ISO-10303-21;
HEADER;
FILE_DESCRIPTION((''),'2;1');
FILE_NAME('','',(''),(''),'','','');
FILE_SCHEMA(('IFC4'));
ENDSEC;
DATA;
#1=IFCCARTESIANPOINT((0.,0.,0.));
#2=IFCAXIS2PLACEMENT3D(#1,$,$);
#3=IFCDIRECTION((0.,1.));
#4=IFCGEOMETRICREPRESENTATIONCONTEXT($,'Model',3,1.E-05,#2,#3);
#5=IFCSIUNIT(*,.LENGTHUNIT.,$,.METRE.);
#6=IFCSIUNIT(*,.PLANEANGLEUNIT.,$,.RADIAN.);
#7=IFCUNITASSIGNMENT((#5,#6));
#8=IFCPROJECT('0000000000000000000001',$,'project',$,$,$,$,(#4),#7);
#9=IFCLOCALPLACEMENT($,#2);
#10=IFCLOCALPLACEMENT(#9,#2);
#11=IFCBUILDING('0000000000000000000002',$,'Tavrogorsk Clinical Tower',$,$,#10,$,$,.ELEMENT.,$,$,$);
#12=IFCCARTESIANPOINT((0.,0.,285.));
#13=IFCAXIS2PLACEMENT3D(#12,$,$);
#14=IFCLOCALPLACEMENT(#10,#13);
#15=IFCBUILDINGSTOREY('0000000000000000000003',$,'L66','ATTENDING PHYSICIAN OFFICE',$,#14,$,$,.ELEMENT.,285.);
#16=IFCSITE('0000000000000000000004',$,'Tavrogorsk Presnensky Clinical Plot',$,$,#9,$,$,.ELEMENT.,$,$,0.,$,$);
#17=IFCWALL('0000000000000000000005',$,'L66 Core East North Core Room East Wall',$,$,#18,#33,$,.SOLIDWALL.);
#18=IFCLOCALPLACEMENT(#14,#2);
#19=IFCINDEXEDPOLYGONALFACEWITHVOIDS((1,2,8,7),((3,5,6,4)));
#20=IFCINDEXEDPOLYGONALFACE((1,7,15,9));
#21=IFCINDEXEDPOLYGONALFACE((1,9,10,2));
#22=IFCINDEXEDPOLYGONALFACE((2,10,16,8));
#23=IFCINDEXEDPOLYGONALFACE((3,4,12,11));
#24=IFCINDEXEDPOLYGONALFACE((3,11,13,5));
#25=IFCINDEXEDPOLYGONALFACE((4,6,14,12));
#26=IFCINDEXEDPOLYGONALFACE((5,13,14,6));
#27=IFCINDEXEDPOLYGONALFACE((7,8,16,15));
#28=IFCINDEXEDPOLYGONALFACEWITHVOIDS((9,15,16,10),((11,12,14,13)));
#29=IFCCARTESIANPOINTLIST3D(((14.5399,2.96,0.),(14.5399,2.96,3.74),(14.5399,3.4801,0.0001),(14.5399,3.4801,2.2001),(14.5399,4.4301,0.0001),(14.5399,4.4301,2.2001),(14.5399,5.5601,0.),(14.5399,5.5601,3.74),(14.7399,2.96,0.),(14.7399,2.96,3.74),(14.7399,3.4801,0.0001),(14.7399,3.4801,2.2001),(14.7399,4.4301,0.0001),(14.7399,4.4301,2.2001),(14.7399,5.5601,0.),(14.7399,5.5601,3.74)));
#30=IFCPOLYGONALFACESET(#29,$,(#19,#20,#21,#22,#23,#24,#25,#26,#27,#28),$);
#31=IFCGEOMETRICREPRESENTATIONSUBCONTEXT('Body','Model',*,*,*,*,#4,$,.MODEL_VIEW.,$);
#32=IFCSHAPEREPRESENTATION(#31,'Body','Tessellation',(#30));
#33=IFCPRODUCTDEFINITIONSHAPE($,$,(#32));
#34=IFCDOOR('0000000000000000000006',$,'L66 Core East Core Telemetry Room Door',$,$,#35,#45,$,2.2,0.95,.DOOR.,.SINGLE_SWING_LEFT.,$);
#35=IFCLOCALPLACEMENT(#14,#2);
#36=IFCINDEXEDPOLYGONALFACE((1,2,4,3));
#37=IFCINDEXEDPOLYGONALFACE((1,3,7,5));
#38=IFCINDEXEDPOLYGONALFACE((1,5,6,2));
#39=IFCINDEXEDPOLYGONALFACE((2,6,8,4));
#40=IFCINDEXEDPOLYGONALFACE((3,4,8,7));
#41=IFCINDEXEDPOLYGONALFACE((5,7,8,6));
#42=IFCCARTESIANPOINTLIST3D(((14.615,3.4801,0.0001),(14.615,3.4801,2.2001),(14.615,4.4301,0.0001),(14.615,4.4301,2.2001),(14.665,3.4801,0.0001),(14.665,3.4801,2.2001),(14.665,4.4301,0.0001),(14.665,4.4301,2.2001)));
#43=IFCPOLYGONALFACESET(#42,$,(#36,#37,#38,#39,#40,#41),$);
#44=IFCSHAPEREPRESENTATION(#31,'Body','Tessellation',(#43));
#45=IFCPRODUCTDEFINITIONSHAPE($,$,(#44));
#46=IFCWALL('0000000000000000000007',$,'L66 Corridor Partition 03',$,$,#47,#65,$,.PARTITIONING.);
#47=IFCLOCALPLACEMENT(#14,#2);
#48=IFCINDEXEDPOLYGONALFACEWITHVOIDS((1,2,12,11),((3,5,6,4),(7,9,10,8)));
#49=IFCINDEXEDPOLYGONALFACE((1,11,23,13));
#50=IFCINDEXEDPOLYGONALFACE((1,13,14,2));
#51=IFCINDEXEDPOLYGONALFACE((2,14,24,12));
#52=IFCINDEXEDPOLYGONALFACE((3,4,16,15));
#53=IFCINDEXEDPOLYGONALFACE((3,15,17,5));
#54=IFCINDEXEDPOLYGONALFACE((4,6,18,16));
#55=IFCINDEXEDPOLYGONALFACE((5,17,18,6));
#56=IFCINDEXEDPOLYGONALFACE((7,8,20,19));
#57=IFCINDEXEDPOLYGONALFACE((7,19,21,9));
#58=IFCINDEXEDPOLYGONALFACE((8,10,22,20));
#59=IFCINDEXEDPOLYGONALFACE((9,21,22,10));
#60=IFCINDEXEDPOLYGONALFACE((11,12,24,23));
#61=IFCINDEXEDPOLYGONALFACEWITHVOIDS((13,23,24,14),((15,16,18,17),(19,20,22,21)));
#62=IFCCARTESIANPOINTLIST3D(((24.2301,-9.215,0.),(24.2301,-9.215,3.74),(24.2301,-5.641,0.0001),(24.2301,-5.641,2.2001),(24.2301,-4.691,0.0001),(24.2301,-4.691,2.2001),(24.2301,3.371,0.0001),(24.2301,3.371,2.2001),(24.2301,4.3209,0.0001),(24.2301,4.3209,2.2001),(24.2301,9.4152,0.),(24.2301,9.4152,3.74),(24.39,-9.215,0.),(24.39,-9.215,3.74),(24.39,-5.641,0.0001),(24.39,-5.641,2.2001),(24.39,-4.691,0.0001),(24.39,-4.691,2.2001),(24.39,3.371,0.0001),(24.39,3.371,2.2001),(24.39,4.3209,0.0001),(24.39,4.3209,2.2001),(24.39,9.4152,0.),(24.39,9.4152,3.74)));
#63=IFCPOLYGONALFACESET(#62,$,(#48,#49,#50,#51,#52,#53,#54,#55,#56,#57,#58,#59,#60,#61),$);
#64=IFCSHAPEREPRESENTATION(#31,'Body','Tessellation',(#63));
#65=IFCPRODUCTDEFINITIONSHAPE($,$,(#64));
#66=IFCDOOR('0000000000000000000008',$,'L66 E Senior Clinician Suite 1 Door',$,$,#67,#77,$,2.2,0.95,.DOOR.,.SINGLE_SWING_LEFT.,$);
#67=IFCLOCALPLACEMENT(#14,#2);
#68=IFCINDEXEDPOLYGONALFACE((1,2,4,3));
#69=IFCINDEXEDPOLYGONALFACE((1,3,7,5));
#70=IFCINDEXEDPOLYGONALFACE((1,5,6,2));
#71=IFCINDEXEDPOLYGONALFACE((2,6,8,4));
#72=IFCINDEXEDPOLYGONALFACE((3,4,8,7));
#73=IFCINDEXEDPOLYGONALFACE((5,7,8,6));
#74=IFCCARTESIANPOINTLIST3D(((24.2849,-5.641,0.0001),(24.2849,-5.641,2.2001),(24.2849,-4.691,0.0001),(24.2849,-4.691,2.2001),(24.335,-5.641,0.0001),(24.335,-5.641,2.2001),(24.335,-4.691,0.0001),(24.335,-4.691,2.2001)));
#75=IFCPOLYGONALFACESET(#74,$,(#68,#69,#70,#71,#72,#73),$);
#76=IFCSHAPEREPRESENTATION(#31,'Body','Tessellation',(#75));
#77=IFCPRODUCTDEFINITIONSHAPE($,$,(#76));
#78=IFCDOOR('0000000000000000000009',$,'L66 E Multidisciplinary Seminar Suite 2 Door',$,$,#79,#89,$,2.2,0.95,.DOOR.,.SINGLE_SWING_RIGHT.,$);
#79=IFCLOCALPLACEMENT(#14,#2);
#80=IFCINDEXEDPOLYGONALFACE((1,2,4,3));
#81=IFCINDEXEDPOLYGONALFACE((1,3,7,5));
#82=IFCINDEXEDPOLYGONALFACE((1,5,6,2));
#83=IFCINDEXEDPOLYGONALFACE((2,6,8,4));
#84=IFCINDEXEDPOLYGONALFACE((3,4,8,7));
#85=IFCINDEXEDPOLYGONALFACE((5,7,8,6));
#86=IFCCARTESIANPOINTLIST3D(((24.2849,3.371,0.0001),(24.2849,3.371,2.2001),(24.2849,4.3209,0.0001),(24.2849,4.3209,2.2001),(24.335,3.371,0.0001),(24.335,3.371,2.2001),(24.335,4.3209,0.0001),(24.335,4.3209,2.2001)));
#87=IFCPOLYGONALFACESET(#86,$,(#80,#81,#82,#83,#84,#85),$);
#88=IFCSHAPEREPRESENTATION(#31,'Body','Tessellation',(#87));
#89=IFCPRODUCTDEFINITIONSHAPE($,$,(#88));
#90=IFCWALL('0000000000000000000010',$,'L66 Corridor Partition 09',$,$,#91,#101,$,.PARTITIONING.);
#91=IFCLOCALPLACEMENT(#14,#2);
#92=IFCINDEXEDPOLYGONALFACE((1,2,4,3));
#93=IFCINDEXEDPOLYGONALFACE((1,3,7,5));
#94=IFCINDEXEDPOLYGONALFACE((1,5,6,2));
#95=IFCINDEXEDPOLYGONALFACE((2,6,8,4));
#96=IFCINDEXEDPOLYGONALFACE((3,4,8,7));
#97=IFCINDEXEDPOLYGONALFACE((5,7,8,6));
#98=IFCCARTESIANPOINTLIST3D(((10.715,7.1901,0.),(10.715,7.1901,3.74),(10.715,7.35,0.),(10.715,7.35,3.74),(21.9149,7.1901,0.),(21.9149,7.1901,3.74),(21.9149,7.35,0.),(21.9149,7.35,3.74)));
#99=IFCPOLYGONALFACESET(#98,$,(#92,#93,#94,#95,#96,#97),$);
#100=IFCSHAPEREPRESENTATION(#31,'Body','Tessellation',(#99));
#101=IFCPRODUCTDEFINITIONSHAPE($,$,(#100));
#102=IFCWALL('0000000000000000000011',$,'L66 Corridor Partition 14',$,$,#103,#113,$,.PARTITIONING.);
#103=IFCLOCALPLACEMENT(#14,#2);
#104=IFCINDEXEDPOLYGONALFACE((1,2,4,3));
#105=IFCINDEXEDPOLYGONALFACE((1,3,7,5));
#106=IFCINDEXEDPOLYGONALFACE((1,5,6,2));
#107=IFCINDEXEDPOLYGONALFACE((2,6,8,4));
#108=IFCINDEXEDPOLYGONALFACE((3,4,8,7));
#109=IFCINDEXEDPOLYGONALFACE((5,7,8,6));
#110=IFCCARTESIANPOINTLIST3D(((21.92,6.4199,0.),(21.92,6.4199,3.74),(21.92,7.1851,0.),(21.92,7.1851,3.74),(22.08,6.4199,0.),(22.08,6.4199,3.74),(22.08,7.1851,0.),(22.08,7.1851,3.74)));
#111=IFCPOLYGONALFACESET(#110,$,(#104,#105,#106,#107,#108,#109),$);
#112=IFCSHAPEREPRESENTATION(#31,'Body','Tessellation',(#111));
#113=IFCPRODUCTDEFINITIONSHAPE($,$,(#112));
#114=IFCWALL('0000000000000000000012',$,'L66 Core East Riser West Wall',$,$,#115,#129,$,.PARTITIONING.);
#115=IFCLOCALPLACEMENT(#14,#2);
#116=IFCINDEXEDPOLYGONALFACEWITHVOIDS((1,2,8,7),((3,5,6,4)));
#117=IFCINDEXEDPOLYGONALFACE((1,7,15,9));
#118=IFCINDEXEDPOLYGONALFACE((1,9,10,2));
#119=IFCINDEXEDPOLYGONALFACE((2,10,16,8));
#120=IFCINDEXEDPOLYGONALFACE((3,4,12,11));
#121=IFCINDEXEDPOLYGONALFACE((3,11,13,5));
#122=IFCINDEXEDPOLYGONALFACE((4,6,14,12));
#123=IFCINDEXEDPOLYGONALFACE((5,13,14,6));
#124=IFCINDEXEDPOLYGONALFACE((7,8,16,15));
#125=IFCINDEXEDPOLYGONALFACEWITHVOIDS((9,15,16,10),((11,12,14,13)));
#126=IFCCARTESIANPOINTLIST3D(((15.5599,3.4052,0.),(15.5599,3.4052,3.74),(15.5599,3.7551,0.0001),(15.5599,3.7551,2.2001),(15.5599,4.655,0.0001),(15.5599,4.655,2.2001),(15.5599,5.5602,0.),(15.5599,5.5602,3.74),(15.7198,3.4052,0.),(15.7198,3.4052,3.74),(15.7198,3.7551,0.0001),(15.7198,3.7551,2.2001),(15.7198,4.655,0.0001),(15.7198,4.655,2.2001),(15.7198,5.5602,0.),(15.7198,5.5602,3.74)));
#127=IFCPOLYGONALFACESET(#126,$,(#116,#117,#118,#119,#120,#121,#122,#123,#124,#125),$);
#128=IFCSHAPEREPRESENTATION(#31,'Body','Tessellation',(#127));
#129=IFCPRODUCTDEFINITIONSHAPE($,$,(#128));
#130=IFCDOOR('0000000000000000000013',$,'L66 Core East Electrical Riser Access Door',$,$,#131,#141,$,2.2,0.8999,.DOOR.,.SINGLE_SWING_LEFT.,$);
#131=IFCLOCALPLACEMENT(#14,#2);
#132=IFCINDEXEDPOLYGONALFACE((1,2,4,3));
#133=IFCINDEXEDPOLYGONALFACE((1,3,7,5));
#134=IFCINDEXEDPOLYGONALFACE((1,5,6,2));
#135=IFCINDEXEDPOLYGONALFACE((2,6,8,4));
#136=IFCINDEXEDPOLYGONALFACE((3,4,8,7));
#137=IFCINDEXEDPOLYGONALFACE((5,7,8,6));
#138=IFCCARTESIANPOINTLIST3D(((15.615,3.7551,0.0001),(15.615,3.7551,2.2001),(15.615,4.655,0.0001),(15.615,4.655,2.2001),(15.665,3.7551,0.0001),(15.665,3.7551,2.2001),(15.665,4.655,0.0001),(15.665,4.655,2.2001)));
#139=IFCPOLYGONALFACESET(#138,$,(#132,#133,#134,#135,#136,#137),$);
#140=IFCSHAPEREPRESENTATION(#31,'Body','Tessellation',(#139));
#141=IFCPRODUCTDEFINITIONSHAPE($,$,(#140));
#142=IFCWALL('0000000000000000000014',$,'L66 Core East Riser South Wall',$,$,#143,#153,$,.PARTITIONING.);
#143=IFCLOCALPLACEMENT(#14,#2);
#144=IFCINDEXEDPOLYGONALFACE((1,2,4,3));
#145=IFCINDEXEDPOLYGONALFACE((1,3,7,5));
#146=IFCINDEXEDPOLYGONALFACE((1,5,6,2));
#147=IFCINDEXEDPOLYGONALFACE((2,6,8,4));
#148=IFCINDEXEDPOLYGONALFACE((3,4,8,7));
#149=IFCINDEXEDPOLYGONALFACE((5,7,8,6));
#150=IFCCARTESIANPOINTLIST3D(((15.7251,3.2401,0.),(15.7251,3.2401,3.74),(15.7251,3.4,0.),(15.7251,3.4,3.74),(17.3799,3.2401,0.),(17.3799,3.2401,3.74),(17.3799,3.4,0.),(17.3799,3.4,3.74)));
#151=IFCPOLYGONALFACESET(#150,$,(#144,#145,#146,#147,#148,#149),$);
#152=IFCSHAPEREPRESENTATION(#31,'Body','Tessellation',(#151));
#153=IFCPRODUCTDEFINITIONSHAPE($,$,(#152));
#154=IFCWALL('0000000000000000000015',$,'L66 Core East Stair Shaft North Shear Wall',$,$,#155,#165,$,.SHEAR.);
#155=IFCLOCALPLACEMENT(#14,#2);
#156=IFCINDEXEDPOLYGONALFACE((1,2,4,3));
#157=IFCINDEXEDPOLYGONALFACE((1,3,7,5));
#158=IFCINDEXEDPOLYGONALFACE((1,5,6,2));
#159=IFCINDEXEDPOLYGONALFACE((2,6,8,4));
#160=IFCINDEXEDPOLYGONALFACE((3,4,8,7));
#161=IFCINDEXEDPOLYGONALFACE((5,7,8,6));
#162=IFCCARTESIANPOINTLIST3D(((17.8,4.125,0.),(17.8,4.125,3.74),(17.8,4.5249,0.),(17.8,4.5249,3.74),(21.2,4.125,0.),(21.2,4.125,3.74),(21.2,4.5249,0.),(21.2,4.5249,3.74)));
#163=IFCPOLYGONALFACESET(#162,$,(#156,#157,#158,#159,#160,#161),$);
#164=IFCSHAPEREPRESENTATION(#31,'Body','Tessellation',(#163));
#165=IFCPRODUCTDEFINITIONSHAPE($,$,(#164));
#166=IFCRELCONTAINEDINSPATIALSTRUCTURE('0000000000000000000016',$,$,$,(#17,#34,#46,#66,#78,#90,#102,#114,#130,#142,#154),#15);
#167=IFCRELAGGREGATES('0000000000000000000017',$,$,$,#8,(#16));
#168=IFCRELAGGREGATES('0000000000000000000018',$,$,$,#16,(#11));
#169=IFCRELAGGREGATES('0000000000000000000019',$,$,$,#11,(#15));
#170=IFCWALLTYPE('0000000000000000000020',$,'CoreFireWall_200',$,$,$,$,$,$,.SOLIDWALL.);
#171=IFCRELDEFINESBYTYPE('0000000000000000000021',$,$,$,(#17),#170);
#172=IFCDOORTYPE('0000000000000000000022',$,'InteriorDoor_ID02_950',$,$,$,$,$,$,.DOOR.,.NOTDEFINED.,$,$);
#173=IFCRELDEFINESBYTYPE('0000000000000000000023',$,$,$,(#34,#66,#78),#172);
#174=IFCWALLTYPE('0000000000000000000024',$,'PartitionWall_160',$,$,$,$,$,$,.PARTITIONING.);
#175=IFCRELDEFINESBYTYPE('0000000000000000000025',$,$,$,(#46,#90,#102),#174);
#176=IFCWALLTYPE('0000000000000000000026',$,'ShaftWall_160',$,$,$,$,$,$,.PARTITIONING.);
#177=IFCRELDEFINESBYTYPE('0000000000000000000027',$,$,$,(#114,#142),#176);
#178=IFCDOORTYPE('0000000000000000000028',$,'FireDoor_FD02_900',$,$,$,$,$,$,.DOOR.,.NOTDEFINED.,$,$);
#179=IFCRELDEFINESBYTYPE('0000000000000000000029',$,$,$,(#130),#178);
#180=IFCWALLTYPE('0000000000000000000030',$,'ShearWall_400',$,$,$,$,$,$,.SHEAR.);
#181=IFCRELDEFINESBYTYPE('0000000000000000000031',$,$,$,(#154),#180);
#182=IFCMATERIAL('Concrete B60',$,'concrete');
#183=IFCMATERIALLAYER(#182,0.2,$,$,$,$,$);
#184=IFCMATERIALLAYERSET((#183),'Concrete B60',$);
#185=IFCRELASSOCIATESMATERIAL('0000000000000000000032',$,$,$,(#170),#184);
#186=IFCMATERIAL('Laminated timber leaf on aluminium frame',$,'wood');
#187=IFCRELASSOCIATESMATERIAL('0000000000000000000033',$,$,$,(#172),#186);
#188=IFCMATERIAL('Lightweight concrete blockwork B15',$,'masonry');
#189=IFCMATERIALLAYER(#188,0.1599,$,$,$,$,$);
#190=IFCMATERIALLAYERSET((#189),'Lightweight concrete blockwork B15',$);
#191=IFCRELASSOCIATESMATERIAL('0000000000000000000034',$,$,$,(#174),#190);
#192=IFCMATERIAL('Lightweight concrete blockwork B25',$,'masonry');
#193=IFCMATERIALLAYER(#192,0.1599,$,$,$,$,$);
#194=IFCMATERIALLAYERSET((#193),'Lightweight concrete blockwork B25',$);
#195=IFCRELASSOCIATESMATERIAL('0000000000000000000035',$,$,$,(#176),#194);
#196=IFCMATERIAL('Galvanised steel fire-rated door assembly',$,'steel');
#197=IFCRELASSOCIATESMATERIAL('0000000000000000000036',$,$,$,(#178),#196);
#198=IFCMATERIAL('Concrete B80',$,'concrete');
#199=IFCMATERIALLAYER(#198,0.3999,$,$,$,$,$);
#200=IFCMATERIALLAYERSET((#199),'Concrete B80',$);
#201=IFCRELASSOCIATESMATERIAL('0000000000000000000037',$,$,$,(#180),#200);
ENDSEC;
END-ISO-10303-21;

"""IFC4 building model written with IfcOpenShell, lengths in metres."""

from ifc_helpers import new_model, si_unit, direction, frame, frame_2d, origin, place, context, subcontext, project, spatial, rectangle, extrude, material, layer, layer_set, type_object, element, fill, save


model = new_model("IFC4")

# Units and contexts
model_context = context("Model", 3, precision=1e-05, world=origin(), true_north=direction((0.0, 1.0)))
body_context = subcontext(model_context, "Body", "Model", "MODEL_VIEW")
ifc_project = project(units=[si_unit("LENGTHUNIT", "METRE"), si_unit("PLANEANGLEUNIT", "RADIAN")], contexts=[model_context])

# Site, building, storey
site_placement = place(None, origin())
site = spatial("IfcSite", under=ifc_project, at=site_placement, Name="Tavrogorsk Presnensky Clinical Plot", CompositionType="ELEMENT", RefElevation=0.0)
building_placement = place(site_placement, origin())
building = spatial("IfcBuilding", under=site, at=building_placement, Name="Tavrogorsk Clinical Tower", CompositionType="ELEMENT")
storey_placement = place(building_placement, frame((0.0, 0.0, 285.0)))
storey = spatial("IfcBuildingStorey", under=building, at=storey_placement, Name="L66", Description="ATTENDING PHYSICIAN OFFICE", CompositionType="ELEMENT", Elevation=285.0)

# Wall, opening, door
ifc_material_1 = material(Name="Concrete B60", Category="concrete")
ifc_layer_1 = layer(ifc_material_1, 0.2)
ifc_layer_set_1 = layer_set([ifc_layer_1], Name="Concrete B60")
wall_type_1 = type_object("IfcWallType", Name="CoreFireWall_200", PredefinedType="SOLIDWALL", material=ifc_layer_set_1)
wall_1_placement = place(storey_placement, frame((14.6399, 2.96, 0.0), z_axis=(0.0, 0.0, 1.0), x_axis=(0.0, 1.0, 0.0)))
wall_1 = element("IfcWall", 1, at=wall_1_placement, inside=storey, type_object=wall_type_1, Name="L66 Core East North Core Room East Wall", PredefinedType="SOLIDWALL", context=body_context, shape_type="SweptSolid", body=[
    extrude(rectangle(XDim=2.6001, YDim=0.2, at=frame_2d((1.3, 0.0))), origin(), (0.0, 0.0, 1.0), 3.74),
])
opening_1_placement = place(wall_1_placement, frame((0.52, 0.0, 0.0)))
opening_1 = element("IfcOpeningElement", 2, at=opening_1_placement, cuts=wall_1, PredefinedType="OPENING", context=body_context, shape_type="SweptSolid", body=[
    extrude(rectangle(XDim=0.95, YDim=2.2, at=frame_2d((0.4751, 1.1001))), frame((0.0, 0.1099, 0.0), z_axis=(0.0, -1.0, 0.0), x_axis=(1.0, 0.0, 0.0)), (0.0, 0.0, 1.0), 0.22),
])
ifc_material_2 = material(Name="Laminated timber leaf on aluminium frame", Category="wood")
door_type_1 = type_object("IfcDoorType", Name="InteriorDoor_ID02_950", OperationType="NOTDEFINED", PredefinedType="DOOR", material=ifc_material_2)
door_1_placement = place(opening_1_placement, origin())
door_1 = element("IfcDoor", 3, at=door_1_placement, inside=storey, type_object=door_type_1, Name="L66 Core East Core Telemetry Room Door", OperationType="SINGLE_SWING_LEFT", OverallHeight=2.2, OverallWidth=0.95, PredefinedType="DOOR", context=body_context, shape_type="SweptSolid", body=[
    extrude(rectangle(XDim=0.95, YDim=2.2, at=frame_2d((0.4751, 1.1001))), frame((0.0, 0.0249, 0.0), z_axis=(0.0, -1.0, 0.0), x_axis=(1.0, 0.0, 0.0)), (0.0, 0.0, 1.0), 0.05),
])
fill(opening_1, door_1)

# Wall, openings, doors
ifc_material_3 = material(Name="Lightweight concrete blockwork B15", Category="masonry")
ifc_layer_2 = layer(ifc_material_3, 0.1599)
ifc_layer_set_2 = layer_set([ifc_layer_2], Name="Lightweight concrete blockwork B15")
wall_type_2 = type_object("IfcWallType", Name="PartitionWall_160", PredefinedType="PARTITIONING", material=ifc_layer_set_2)
wall_2_placement = place(storey_placement, frame((24.3101, 9.415, 0.0), z_axis=(0.0, 0.0, 1.0), x_axis=(0.0, -1.0, 0.0)))
wall_2 = element("IfcWall", 4, at=wall_2_placement, inside=storey, type_object=wall_type_2, Name="L66 Corridor Partition 03", PredefinedType="PARTITIONING", context=body_context, shape_type="SweptSolid", body=[
    extrude(rectangle(XDim=18.6301, YDim=0.1599, at=frame_2d((9.3149, 0.0))), origin(), (0.0, 0.0, 1.0), 3.74),
])
opening_2_placement = place(wall_2_placement, frame((14.106, 0.0, 0.0)))
opening_2 = element("IfcOpeningElement", 5, at=opening_2_placement, cuts=wall_2, PredefinedType="OPENING", context=body_context, shape_type="SweptSolid", body=[
    extrude(rectangle(XDim=0.95, YDim=2.2, at=frame_2d((0.4751, 1.1001))), frame((0.0, 0.0898, 0.0), z_axis=(0.0, -1.0, 0.0), x_axis=(1.0, 0.0, 0.0)), (0.0, 0.0, 1.0), 0.1799),
])
opening_3_placement = place(wall_2_placement, frame((5.094, 0.0, 0.0)))
opening_3 = element("IfcOpeningElement", 6, at=opening_3_placement, cuts=wall_2, PredefinedType="OPENING", context=body_context, shape_type="SweptSolid", body=[
    extrude(rectangle(XDim=0.95, YDim=2.2, at=frame_2d((0.4751, 1.1001))), frame((0.0, 0.0898, 0.0), z_axis=(0.0, -1.0, 0.0), x_axis=(1.0, 0.0, 0.0)), (0.0, 0.0, 1.0), 0.1799),
])
door_2_placement = place(opening_2_placement, origin())
door_2 = element("IfcDoor", 7, at=door_2_placement, inside=storey, type_object=door_type_1, Name="L66 E Senior Clinician Suite 1 Door", OperationType="SINGLE_SWING_LEFT", OverallHeight=2.2, OverallWidth=0.95, PredefinedType="DOOR", context=body_context, shape_type="SweptSolid", body=[
    extrude(rectangle(XDim=0.95, YDim=2.2, at=frame_2d((0.4751, 1.1001))), frame((0.0, 0.0249, 0.0), z_axis=(0.0, -1.0, 0.0), x_axis=(1.0, 0.0, 0.0)), (0.0, 0.0, 1.0), 0.05),
])
fill(opening_2, door_2)
door_3_placement = place(opening_3_placement, origin())
door_3 = element("IfcDoor", 8, at=door_3_placement, inside=storey, type_object=door_type_1, Name="L66 E Multidisciplinary Seminar Suite 2 Door", OperationType="SINGLE_SWING_RIGHT", OverallHeight=2.2, OverallWidth=0.95, PredefinedType="DOOR", context=body_context, shape_type="SweptSolid", body=[
    extrude(rectangle(XDim=0.95, YDim=2.2, at=frame_2d((0.4751, 1.1001))), frame((0.0, 0.0249, 0.0), z_axis=(0.0, -1.0, 0.0), x_axis=(1.0, 0.0, 0.0)), (0.0, 0.0, 1.0), 0.05),
])
fill(opening_3, door_3)

# Walls
wall_3_placement = place(storey_placement, frame((21.915, 7.27, 0.0), z_axis=(0.0, 0.0, 1.0), x_axis=(-1.0, 0.0, 0.0)))
element("IfcWall", 9, at=wall_3_placement, inside=storey, type_object=wall_type_2, Name="L66 Corridor Partition 09", PredefinedType="PARTITIONING", context=body_context, shape_type="SweptSolid", body=[
    extrude(rectangle(XDim=11.2, YDim=0.1599, at=frame_2d((5.6001, 0.0))), origin(), (0.0, 0.0, 1.0), 3.74),
])
wall_4_placement = place(storey_placement, frame((22.0, 6.4199, 0.0), z_axis=(0.0, 0.0, 1.0), x_axis=(0.0, 1.0, 0.0)))
element("IfcWall", 10, at=wall_4_placement, inside=storey, type_object=wall_type_2, Name="L66 Corridor Partition 14", PredefinedType="PARTITIONING", context=body_context, shape_type="SweptSolid", body=[
    extrude(rectangle(XDim=0.7651, YDim=0.1599, at=frame_2d((0.3826, 0.0))), origin(), (0.0, 0.0, 1.0), 3.74),
])

# Wall, opening, door
ifc_material_4 = material(Name="Lightweight concrete blockwork B25", Category="masonry")
ifc_layer_3 = layer(ifc_material_4, 0.1599)
ifc_layer_set_3 = layer_set([ifc_layer_3], Name="Lightweight concrete blockwork B25")
wall_type_3 = type_object("IfcWallType", Name="ShaftWall_160", PredefinedType="PARTITIONING", material=ifc_layer_set_3)
wall_5_placement = place(storey_placement, frame((15.6399, 3.405, 0.0), z_axis=(0.0, 0.0, 1.0), x_axis=(0.0, 1.0, 0.0)))
wall_5 = element("IfcWall", 11, at=wall_5_placement, inside=storey, type_object=wall_type_3, Name="L66 Core East Riser West Wall", PredefinedType="PARTITIONING", context=body_context, shape_type="SweptSolid", body=[
    extrude(rectangle(XDim=2.155, YDim=0.1599, at=frame_2d((1.0776, 0.0))), origin(), (0.0, 0.0, 1.0), 3.74),
])
opening_4_placement = place(wall_5_placement, frame((0.3501, 0.0, 0.0)))
opening_4 = element("IfcOpeningElement", 12, at=opening_4_placement, cuts=wall_5, PredefinedType="OPENING", context=body_context, shape_type="SweptSolid", body=[
    extrude(rectangle(XDim=0.8999, YDim=2.2, at=frame_2d((0.45, 1.1001))), frame((0.0, 0.0898, 0.0), z_axis=(0.0, -1.0, 0.0), x_axis=(1.0, 0.0, 0.0)), (0.0, 0.0, 1.0), 0.1799),
])
ifc_material_5 = material(Name="Galvanised steel fire-rated door assembly", Category="steel")
door_type_2 = type_object("IfcDoorType", Name="FireDoor_FD02_900", OperationType="NOTDEFINED", PredefinedType="DOOR", material=ifc_material_5)
door_4_placement = place(opening_4_placement, origin())
door_4 = element("IfcDoor", 13, at=door_4_placement, inside=storey, type_object=door_type_2, Name="L66 Core East Electrical Riser Access Door", OperationType="SINGLE_SWING_LEFT", OverallHeight=2.2, OverallWidth=0.8999, PredefinedType="DOOR", context=body_context, shape_type="SweptSolid", body=[
    extrude(rectangle(XDim=0.8999, YDim=2.2, at=frame_2d((0.45, 1.1001))), frame((0.0, 0.0249, 0.0), z_axis=(0.0, -1.0, 0.0), x_axis=(1.0, 0.0, 0.0)), (0.0, 0.0, 1.0), 0.05),
])
fill(opening_4, door_4)

# Walls
wall_6_placement = place(storey_placement, frame((15.7251, 3.3201, 0.0), z_axis=(0.0, 0.0, 1.0), x_axis=(1.0, 0.0, 0.0)))
element("IfcWall", 14, at=wall_6_placement, inside=storey, type_object=wall_type_3, Name="L66 Core East Riser South Wall", PredefinedType="PARTITIONING", context=body_context, shape_type="SweptSolid", body=[
    extrude(rectangle(XDim=1.6548, YDim=0.1599, at=frame_2d((0.8274, 0.0))), origin(), (0.0, 0.0, 1.0), 3.74),
])
ifc_material_6 = material(Name="Concrete B80", Category="concrete")
ifc_layer_4 = layer(ifc_material_6, 0.3999)
ifc_layer_set_4 = layer_set([ifc_layer_4], Name="Concrete B80")
wall_type_4 = type_object("IfcWallType", Name="ShearWall_400", PredefinedType="SHEAR", material=ifc_layer_set_4)
wall_7_placement = place(storey_placement, frame((17.8, 4.325, 0.0), z_axis=(0.0, 0.0, 1.0), x_axis=(1.0, 0.0, 0.0)))
element("IfcWall", 15, at=wall_7_placement, inside=storey, type_object=wall_type_4, Name="L66 Core East Stair Shaft North Shear Wall", PredefinedType="SHEAR", context=body_context, shape_type="SweptSolid", body=[
    extrude(rectangle(XDim=3.3999, YDim=0.3999, at=frame_2d((1.7, 0.0))), origin(), (0.0, 0.0, 1.0), 3.74),
])

save(model, "model.ifc")
